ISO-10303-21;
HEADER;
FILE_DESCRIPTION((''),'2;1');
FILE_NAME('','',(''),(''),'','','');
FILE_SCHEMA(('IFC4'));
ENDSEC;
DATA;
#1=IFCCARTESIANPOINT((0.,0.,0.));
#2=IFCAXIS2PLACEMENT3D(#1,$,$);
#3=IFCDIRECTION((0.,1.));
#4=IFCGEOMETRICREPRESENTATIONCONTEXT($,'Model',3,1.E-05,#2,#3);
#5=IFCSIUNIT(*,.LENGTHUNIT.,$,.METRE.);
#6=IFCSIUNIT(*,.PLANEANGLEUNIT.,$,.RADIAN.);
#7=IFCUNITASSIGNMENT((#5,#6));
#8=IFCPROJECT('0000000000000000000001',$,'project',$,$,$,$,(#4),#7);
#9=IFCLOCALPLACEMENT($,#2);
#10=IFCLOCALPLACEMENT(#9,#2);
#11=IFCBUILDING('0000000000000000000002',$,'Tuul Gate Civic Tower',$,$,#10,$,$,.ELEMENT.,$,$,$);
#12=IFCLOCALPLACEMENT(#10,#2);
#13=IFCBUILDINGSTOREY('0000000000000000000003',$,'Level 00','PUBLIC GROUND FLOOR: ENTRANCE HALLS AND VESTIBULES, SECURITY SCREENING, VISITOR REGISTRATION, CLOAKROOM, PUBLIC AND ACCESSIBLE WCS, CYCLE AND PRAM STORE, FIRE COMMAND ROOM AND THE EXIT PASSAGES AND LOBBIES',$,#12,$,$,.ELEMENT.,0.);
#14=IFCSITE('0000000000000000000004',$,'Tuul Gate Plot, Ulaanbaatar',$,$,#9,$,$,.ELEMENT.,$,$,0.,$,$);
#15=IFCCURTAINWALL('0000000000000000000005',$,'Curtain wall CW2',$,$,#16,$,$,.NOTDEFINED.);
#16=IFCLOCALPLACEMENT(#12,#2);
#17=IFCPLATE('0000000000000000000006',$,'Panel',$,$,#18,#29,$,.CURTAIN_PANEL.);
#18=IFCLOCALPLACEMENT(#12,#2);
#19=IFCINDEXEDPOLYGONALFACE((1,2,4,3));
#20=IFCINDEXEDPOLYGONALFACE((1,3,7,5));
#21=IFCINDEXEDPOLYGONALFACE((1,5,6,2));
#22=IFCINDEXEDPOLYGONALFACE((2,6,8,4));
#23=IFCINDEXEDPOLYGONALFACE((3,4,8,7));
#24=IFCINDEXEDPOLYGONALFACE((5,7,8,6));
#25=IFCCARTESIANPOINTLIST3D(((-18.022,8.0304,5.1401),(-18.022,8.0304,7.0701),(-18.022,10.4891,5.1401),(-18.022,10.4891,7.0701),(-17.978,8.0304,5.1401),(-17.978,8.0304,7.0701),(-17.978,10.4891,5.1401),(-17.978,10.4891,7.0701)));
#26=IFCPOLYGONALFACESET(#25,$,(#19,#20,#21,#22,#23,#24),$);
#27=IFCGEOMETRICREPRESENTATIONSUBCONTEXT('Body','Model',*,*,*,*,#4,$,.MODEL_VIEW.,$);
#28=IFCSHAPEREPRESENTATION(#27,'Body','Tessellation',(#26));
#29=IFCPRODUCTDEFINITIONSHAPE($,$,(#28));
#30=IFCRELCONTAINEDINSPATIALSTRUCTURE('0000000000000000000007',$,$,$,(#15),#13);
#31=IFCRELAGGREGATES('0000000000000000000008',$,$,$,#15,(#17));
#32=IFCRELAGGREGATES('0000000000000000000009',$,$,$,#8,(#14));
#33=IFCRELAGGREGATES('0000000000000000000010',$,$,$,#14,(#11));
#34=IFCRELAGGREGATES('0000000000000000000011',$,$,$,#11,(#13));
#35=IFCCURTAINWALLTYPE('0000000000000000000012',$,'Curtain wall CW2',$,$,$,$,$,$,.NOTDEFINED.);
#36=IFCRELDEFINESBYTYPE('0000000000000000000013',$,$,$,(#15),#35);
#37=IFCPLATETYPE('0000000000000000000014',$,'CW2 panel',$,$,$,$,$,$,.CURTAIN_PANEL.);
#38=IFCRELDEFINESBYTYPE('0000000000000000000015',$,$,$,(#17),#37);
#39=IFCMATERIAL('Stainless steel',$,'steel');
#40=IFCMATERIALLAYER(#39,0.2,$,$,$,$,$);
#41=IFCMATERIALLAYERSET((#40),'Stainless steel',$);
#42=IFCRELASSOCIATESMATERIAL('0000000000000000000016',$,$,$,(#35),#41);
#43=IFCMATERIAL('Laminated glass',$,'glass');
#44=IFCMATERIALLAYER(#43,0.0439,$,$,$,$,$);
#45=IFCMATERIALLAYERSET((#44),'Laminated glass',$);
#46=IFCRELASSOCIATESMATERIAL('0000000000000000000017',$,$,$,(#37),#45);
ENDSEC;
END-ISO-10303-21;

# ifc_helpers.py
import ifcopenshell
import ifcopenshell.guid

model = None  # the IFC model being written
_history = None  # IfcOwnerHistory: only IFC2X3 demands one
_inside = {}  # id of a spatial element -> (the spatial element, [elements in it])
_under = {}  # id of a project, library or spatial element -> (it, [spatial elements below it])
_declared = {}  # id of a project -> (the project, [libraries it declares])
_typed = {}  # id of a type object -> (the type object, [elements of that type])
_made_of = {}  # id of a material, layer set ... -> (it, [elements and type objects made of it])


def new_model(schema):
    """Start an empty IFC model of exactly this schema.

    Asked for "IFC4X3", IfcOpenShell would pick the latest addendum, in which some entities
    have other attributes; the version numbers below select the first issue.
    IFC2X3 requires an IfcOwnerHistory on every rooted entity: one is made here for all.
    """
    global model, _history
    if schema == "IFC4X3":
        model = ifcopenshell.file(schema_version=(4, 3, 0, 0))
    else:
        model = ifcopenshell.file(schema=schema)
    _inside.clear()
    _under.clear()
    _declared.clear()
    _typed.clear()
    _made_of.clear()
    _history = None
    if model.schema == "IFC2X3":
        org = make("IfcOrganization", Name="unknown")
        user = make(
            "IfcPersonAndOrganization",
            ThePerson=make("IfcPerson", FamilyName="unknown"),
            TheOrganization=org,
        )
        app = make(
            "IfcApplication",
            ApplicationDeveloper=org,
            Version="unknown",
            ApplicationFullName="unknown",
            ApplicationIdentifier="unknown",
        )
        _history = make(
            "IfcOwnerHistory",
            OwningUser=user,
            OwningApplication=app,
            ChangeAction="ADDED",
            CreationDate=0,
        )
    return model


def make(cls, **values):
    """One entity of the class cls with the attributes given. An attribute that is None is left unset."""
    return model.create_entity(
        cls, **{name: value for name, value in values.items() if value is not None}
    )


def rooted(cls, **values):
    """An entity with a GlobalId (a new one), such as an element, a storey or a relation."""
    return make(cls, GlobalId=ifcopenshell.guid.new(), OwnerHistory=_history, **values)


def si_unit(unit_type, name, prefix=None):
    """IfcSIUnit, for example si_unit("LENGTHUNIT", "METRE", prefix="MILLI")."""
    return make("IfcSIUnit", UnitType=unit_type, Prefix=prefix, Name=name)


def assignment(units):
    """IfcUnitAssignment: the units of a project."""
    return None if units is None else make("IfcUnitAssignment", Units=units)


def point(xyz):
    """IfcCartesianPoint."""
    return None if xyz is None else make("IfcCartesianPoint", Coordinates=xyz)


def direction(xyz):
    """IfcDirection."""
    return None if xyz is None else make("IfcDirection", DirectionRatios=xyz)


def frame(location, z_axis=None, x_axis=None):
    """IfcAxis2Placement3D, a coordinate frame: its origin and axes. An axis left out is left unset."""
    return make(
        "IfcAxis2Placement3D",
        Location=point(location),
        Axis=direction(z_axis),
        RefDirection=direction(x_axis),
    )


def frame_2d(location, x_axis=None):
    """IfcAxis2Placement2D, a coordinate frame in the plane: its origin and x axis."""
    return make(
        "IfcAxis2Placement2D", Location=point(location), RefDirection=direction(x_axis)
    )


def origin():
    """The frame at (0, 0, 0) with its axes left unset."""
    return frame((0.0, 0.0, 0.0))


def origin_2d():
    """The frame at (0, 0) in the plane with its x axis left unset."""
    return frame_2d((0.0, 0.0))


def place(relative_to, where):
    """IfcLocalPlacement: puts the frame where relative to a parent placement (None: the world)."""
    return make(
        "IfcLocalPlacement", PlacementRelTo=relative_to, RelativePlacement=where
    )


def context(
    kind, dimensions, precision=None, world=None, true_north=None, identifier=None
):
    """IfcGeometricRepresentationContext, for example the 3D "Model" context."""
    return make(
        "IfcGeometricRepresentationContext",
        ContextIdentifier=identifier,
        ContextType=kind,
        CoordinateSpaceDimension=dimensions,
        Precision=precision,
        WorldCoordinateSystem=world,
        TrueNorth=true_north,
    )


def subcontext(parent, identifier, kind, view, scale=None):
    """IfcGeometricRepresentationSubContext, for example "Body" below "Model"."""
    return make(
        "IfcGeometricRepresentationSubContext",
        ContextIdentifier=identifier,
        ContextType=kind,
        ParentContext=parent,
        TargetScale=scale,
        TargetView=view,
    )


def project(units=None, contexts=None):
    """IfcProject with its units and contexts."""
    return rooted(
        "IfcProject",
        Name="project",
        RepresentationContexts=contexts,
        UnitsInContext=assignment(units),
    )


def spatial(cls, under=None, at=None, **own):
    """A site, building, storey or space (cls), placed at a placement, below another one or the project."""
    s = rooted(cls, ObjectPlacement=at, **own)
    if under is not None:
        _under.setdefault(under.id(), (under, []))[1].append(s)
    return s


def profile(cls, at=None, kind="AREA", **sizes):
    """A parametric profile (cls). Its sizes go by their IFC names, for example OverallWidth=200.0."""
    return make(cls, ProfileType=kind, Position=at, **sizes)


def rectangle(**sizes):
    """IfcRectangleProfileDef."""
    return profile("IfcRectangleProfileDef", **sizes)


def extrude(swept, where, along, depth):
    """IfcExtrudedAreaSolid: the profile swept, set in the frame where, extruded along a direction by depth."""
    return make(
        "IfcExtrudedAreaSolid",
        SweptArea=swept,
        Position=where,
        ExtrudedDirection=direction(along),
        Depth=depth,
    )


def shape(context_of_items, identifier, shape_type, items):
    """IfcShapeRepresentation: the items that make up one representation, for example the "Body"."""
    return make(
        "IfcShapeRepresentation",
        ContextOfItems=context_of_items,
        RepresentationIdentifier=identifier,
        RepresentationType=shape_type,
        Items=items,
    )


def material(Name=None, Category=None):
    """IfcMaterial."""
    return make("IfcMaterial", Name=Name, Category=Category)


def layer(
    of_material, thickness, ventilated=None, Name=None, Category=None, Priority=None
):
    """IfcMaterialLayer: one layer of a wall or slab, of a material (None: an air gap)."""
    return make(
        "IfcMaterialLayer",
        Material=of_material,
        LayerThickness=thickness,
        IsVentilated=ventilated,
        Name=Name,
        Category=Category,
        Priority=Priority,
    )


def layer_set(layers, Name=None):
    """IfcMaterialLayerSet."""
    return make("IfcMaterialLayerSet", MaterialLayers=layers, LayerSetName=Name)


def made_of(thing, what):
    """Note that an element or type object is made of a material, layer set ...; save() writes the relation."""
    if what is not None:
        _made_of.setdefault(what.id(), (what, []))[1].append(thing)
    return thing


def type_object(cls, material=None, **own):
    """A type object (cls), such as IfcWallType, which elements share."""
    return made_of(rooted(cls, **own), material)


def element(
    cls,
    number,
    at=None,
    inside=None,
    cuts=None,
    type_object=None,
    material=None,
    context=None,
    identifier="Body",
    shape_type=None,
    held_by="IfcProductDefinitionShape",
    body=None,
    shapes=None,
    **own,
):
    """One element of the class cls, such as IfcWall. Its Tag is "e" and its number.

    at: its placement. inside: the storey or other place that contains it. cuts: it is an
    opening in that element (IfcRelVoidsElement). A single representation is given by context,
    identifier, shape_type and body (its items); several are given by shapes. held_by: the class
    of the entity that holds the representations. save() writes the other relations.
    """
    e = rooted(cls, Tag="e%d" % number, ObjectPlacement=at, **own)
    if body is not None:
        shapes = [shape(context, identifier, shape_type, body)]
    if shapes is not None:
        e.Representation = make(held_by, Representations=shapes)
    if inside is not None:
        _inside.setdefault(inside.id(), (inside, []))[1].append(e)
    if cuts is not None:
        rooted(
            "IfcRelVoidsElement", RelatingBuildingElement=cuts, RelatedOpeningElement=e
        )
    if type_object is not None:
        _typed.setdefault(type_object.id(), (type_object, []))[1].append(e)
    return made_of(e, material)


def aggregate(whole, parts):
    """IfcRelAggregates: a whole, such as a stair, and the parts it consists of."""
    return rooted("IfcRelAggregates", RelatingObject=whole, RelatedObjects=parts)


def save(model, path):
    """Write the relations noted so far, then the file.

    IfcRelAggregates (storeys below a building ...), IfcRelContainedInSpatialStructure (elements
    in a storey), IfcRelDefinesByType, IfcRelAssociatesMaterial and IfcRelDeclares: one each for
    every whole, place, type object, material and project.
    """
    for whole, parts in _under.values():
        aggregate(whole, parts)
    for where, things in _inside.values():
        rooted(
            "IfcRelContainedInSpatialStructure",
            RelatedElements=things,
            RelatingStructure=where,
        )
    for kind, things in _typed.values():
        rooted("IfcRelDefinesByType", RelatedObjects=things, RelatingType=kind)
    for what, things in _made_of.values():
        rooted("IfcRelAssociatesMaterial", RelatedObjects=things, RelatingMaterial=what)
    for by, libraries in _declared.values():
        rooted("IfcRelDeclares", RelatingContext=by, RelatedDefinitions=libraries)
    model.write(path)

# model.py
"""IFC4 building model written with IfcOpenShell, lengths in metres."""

from ifc_helpers import new_model, si_unit, direction, frame, origin, origin_2d, place, context, subcontext, project, spatial, rectangle, extrude, material, layer, layer_set, type_object, element, aggregate, save


model = new_model("IFC4")

# Units and contexts
model_context = context("Model", 3, precision=1e-05, world=origin(), true_north=direction((0.0, 1.0)))
body_context = subcontext(model_context, "Body", "Model", "MODEL_VIEW")
ifc_project = project(units=[si_unit("LENGTHUNIT", "METRE"), si_unit("PLANEANGLEUNIT", "RADIAN")], contexts=[model_context])

# Site, building, storey
site_placement = place(None, origin())
site = spatial("IfcSite", under=ifc_project, at=site_placement, Name="Tuul Gate Plot, Ulaanbaatar", CompositionType="ELEMENT", RefElevation=0.0)
building_placement = place(site_placement, origin())
building = spatial("IfcBuilding", under=site, at=building_placement, Name="Tuul Gate Civic Tower", CompositionType="ELEMENT")
storey_placement = place(building_placement, origin())
storey = spatial("IfcBuildingStorey", under=building, at=storey_placement, Name="Level 00", Description="PUBLIC GROUND FLOOR: ENTRANCE HALLS AND VESTIBULES, SECURITY SCREENING, VISITOR REGISTRATION, CLOAKROOM, PUBLIC AND ACCESSIBLE WCS, CYCLE AND PRAM STORE, FIRE COMMAND ROOM AND THE EXIT PASSAGES AND LOBBIES", CompositionType="ELEMENT", Elevation=0.0)

# Shared definitions
ifc_material_1 = material(Name="Stainless steel", Category="steel")
ifc_layer_1 = layer(ifc_material_1, 0.2)
ifc_layer_set_1 = layer_set([ifc_layer_1], Name="Stainless steel")
curtain_wall_type = type_object("IfcCurtainWallType", Name="Curtain wall CW2", PredefinedType="NOTDEFINED", material=ifc_layer_set_1)

# Curtain wall
curtain_wall_1_placement = place(storey_placement, origin())
curtain_wall_1 = element("IfcCurtainWall", 1, at=curtain_wall_1_placement, inside=storey, type_object=curtain_wall_type, Name="Curtain wall CW2", PredefinedType="NOTDEFINED")

# Plate
ifc_material_2 = material(Name="Laminated glass", Category="glass")
ifc_layer_2 = layer(ifc_material_2, 0.0439)
ifc_layer_set_2 = layer_set([ifc_layer_2], Name="Laminated glass")
plate_type = type_object("IfcPlateType", Name="CW2 panel", PredefinedType="CURTAIN_PANEL", material=ifc_layer_set_2)
plate_1_placement = place(storey_placement, frame((-18.0, 9.2598, 5.1401), z_axis=(0.0, 0.0, 1.0), x_axis=(0.0, 1.0, 0.0)))
plate_1 = element("IfcPlate", 2, at=plate_1_placement, type_object=plate_type, Name="Panel", PredefinedType="CURTAIN_PANEL", context=body_context, shape_type="SweptSolid", body=[
    extrude(rectangle(XDim=2.4587, YDim=0.0439, at=origin_2d()), origin(), (0.0, 0.0, 1.0), 1.9299),
])
aggregate(curtain_wall_1, [plate_1])

save(model, "model.ifc")
